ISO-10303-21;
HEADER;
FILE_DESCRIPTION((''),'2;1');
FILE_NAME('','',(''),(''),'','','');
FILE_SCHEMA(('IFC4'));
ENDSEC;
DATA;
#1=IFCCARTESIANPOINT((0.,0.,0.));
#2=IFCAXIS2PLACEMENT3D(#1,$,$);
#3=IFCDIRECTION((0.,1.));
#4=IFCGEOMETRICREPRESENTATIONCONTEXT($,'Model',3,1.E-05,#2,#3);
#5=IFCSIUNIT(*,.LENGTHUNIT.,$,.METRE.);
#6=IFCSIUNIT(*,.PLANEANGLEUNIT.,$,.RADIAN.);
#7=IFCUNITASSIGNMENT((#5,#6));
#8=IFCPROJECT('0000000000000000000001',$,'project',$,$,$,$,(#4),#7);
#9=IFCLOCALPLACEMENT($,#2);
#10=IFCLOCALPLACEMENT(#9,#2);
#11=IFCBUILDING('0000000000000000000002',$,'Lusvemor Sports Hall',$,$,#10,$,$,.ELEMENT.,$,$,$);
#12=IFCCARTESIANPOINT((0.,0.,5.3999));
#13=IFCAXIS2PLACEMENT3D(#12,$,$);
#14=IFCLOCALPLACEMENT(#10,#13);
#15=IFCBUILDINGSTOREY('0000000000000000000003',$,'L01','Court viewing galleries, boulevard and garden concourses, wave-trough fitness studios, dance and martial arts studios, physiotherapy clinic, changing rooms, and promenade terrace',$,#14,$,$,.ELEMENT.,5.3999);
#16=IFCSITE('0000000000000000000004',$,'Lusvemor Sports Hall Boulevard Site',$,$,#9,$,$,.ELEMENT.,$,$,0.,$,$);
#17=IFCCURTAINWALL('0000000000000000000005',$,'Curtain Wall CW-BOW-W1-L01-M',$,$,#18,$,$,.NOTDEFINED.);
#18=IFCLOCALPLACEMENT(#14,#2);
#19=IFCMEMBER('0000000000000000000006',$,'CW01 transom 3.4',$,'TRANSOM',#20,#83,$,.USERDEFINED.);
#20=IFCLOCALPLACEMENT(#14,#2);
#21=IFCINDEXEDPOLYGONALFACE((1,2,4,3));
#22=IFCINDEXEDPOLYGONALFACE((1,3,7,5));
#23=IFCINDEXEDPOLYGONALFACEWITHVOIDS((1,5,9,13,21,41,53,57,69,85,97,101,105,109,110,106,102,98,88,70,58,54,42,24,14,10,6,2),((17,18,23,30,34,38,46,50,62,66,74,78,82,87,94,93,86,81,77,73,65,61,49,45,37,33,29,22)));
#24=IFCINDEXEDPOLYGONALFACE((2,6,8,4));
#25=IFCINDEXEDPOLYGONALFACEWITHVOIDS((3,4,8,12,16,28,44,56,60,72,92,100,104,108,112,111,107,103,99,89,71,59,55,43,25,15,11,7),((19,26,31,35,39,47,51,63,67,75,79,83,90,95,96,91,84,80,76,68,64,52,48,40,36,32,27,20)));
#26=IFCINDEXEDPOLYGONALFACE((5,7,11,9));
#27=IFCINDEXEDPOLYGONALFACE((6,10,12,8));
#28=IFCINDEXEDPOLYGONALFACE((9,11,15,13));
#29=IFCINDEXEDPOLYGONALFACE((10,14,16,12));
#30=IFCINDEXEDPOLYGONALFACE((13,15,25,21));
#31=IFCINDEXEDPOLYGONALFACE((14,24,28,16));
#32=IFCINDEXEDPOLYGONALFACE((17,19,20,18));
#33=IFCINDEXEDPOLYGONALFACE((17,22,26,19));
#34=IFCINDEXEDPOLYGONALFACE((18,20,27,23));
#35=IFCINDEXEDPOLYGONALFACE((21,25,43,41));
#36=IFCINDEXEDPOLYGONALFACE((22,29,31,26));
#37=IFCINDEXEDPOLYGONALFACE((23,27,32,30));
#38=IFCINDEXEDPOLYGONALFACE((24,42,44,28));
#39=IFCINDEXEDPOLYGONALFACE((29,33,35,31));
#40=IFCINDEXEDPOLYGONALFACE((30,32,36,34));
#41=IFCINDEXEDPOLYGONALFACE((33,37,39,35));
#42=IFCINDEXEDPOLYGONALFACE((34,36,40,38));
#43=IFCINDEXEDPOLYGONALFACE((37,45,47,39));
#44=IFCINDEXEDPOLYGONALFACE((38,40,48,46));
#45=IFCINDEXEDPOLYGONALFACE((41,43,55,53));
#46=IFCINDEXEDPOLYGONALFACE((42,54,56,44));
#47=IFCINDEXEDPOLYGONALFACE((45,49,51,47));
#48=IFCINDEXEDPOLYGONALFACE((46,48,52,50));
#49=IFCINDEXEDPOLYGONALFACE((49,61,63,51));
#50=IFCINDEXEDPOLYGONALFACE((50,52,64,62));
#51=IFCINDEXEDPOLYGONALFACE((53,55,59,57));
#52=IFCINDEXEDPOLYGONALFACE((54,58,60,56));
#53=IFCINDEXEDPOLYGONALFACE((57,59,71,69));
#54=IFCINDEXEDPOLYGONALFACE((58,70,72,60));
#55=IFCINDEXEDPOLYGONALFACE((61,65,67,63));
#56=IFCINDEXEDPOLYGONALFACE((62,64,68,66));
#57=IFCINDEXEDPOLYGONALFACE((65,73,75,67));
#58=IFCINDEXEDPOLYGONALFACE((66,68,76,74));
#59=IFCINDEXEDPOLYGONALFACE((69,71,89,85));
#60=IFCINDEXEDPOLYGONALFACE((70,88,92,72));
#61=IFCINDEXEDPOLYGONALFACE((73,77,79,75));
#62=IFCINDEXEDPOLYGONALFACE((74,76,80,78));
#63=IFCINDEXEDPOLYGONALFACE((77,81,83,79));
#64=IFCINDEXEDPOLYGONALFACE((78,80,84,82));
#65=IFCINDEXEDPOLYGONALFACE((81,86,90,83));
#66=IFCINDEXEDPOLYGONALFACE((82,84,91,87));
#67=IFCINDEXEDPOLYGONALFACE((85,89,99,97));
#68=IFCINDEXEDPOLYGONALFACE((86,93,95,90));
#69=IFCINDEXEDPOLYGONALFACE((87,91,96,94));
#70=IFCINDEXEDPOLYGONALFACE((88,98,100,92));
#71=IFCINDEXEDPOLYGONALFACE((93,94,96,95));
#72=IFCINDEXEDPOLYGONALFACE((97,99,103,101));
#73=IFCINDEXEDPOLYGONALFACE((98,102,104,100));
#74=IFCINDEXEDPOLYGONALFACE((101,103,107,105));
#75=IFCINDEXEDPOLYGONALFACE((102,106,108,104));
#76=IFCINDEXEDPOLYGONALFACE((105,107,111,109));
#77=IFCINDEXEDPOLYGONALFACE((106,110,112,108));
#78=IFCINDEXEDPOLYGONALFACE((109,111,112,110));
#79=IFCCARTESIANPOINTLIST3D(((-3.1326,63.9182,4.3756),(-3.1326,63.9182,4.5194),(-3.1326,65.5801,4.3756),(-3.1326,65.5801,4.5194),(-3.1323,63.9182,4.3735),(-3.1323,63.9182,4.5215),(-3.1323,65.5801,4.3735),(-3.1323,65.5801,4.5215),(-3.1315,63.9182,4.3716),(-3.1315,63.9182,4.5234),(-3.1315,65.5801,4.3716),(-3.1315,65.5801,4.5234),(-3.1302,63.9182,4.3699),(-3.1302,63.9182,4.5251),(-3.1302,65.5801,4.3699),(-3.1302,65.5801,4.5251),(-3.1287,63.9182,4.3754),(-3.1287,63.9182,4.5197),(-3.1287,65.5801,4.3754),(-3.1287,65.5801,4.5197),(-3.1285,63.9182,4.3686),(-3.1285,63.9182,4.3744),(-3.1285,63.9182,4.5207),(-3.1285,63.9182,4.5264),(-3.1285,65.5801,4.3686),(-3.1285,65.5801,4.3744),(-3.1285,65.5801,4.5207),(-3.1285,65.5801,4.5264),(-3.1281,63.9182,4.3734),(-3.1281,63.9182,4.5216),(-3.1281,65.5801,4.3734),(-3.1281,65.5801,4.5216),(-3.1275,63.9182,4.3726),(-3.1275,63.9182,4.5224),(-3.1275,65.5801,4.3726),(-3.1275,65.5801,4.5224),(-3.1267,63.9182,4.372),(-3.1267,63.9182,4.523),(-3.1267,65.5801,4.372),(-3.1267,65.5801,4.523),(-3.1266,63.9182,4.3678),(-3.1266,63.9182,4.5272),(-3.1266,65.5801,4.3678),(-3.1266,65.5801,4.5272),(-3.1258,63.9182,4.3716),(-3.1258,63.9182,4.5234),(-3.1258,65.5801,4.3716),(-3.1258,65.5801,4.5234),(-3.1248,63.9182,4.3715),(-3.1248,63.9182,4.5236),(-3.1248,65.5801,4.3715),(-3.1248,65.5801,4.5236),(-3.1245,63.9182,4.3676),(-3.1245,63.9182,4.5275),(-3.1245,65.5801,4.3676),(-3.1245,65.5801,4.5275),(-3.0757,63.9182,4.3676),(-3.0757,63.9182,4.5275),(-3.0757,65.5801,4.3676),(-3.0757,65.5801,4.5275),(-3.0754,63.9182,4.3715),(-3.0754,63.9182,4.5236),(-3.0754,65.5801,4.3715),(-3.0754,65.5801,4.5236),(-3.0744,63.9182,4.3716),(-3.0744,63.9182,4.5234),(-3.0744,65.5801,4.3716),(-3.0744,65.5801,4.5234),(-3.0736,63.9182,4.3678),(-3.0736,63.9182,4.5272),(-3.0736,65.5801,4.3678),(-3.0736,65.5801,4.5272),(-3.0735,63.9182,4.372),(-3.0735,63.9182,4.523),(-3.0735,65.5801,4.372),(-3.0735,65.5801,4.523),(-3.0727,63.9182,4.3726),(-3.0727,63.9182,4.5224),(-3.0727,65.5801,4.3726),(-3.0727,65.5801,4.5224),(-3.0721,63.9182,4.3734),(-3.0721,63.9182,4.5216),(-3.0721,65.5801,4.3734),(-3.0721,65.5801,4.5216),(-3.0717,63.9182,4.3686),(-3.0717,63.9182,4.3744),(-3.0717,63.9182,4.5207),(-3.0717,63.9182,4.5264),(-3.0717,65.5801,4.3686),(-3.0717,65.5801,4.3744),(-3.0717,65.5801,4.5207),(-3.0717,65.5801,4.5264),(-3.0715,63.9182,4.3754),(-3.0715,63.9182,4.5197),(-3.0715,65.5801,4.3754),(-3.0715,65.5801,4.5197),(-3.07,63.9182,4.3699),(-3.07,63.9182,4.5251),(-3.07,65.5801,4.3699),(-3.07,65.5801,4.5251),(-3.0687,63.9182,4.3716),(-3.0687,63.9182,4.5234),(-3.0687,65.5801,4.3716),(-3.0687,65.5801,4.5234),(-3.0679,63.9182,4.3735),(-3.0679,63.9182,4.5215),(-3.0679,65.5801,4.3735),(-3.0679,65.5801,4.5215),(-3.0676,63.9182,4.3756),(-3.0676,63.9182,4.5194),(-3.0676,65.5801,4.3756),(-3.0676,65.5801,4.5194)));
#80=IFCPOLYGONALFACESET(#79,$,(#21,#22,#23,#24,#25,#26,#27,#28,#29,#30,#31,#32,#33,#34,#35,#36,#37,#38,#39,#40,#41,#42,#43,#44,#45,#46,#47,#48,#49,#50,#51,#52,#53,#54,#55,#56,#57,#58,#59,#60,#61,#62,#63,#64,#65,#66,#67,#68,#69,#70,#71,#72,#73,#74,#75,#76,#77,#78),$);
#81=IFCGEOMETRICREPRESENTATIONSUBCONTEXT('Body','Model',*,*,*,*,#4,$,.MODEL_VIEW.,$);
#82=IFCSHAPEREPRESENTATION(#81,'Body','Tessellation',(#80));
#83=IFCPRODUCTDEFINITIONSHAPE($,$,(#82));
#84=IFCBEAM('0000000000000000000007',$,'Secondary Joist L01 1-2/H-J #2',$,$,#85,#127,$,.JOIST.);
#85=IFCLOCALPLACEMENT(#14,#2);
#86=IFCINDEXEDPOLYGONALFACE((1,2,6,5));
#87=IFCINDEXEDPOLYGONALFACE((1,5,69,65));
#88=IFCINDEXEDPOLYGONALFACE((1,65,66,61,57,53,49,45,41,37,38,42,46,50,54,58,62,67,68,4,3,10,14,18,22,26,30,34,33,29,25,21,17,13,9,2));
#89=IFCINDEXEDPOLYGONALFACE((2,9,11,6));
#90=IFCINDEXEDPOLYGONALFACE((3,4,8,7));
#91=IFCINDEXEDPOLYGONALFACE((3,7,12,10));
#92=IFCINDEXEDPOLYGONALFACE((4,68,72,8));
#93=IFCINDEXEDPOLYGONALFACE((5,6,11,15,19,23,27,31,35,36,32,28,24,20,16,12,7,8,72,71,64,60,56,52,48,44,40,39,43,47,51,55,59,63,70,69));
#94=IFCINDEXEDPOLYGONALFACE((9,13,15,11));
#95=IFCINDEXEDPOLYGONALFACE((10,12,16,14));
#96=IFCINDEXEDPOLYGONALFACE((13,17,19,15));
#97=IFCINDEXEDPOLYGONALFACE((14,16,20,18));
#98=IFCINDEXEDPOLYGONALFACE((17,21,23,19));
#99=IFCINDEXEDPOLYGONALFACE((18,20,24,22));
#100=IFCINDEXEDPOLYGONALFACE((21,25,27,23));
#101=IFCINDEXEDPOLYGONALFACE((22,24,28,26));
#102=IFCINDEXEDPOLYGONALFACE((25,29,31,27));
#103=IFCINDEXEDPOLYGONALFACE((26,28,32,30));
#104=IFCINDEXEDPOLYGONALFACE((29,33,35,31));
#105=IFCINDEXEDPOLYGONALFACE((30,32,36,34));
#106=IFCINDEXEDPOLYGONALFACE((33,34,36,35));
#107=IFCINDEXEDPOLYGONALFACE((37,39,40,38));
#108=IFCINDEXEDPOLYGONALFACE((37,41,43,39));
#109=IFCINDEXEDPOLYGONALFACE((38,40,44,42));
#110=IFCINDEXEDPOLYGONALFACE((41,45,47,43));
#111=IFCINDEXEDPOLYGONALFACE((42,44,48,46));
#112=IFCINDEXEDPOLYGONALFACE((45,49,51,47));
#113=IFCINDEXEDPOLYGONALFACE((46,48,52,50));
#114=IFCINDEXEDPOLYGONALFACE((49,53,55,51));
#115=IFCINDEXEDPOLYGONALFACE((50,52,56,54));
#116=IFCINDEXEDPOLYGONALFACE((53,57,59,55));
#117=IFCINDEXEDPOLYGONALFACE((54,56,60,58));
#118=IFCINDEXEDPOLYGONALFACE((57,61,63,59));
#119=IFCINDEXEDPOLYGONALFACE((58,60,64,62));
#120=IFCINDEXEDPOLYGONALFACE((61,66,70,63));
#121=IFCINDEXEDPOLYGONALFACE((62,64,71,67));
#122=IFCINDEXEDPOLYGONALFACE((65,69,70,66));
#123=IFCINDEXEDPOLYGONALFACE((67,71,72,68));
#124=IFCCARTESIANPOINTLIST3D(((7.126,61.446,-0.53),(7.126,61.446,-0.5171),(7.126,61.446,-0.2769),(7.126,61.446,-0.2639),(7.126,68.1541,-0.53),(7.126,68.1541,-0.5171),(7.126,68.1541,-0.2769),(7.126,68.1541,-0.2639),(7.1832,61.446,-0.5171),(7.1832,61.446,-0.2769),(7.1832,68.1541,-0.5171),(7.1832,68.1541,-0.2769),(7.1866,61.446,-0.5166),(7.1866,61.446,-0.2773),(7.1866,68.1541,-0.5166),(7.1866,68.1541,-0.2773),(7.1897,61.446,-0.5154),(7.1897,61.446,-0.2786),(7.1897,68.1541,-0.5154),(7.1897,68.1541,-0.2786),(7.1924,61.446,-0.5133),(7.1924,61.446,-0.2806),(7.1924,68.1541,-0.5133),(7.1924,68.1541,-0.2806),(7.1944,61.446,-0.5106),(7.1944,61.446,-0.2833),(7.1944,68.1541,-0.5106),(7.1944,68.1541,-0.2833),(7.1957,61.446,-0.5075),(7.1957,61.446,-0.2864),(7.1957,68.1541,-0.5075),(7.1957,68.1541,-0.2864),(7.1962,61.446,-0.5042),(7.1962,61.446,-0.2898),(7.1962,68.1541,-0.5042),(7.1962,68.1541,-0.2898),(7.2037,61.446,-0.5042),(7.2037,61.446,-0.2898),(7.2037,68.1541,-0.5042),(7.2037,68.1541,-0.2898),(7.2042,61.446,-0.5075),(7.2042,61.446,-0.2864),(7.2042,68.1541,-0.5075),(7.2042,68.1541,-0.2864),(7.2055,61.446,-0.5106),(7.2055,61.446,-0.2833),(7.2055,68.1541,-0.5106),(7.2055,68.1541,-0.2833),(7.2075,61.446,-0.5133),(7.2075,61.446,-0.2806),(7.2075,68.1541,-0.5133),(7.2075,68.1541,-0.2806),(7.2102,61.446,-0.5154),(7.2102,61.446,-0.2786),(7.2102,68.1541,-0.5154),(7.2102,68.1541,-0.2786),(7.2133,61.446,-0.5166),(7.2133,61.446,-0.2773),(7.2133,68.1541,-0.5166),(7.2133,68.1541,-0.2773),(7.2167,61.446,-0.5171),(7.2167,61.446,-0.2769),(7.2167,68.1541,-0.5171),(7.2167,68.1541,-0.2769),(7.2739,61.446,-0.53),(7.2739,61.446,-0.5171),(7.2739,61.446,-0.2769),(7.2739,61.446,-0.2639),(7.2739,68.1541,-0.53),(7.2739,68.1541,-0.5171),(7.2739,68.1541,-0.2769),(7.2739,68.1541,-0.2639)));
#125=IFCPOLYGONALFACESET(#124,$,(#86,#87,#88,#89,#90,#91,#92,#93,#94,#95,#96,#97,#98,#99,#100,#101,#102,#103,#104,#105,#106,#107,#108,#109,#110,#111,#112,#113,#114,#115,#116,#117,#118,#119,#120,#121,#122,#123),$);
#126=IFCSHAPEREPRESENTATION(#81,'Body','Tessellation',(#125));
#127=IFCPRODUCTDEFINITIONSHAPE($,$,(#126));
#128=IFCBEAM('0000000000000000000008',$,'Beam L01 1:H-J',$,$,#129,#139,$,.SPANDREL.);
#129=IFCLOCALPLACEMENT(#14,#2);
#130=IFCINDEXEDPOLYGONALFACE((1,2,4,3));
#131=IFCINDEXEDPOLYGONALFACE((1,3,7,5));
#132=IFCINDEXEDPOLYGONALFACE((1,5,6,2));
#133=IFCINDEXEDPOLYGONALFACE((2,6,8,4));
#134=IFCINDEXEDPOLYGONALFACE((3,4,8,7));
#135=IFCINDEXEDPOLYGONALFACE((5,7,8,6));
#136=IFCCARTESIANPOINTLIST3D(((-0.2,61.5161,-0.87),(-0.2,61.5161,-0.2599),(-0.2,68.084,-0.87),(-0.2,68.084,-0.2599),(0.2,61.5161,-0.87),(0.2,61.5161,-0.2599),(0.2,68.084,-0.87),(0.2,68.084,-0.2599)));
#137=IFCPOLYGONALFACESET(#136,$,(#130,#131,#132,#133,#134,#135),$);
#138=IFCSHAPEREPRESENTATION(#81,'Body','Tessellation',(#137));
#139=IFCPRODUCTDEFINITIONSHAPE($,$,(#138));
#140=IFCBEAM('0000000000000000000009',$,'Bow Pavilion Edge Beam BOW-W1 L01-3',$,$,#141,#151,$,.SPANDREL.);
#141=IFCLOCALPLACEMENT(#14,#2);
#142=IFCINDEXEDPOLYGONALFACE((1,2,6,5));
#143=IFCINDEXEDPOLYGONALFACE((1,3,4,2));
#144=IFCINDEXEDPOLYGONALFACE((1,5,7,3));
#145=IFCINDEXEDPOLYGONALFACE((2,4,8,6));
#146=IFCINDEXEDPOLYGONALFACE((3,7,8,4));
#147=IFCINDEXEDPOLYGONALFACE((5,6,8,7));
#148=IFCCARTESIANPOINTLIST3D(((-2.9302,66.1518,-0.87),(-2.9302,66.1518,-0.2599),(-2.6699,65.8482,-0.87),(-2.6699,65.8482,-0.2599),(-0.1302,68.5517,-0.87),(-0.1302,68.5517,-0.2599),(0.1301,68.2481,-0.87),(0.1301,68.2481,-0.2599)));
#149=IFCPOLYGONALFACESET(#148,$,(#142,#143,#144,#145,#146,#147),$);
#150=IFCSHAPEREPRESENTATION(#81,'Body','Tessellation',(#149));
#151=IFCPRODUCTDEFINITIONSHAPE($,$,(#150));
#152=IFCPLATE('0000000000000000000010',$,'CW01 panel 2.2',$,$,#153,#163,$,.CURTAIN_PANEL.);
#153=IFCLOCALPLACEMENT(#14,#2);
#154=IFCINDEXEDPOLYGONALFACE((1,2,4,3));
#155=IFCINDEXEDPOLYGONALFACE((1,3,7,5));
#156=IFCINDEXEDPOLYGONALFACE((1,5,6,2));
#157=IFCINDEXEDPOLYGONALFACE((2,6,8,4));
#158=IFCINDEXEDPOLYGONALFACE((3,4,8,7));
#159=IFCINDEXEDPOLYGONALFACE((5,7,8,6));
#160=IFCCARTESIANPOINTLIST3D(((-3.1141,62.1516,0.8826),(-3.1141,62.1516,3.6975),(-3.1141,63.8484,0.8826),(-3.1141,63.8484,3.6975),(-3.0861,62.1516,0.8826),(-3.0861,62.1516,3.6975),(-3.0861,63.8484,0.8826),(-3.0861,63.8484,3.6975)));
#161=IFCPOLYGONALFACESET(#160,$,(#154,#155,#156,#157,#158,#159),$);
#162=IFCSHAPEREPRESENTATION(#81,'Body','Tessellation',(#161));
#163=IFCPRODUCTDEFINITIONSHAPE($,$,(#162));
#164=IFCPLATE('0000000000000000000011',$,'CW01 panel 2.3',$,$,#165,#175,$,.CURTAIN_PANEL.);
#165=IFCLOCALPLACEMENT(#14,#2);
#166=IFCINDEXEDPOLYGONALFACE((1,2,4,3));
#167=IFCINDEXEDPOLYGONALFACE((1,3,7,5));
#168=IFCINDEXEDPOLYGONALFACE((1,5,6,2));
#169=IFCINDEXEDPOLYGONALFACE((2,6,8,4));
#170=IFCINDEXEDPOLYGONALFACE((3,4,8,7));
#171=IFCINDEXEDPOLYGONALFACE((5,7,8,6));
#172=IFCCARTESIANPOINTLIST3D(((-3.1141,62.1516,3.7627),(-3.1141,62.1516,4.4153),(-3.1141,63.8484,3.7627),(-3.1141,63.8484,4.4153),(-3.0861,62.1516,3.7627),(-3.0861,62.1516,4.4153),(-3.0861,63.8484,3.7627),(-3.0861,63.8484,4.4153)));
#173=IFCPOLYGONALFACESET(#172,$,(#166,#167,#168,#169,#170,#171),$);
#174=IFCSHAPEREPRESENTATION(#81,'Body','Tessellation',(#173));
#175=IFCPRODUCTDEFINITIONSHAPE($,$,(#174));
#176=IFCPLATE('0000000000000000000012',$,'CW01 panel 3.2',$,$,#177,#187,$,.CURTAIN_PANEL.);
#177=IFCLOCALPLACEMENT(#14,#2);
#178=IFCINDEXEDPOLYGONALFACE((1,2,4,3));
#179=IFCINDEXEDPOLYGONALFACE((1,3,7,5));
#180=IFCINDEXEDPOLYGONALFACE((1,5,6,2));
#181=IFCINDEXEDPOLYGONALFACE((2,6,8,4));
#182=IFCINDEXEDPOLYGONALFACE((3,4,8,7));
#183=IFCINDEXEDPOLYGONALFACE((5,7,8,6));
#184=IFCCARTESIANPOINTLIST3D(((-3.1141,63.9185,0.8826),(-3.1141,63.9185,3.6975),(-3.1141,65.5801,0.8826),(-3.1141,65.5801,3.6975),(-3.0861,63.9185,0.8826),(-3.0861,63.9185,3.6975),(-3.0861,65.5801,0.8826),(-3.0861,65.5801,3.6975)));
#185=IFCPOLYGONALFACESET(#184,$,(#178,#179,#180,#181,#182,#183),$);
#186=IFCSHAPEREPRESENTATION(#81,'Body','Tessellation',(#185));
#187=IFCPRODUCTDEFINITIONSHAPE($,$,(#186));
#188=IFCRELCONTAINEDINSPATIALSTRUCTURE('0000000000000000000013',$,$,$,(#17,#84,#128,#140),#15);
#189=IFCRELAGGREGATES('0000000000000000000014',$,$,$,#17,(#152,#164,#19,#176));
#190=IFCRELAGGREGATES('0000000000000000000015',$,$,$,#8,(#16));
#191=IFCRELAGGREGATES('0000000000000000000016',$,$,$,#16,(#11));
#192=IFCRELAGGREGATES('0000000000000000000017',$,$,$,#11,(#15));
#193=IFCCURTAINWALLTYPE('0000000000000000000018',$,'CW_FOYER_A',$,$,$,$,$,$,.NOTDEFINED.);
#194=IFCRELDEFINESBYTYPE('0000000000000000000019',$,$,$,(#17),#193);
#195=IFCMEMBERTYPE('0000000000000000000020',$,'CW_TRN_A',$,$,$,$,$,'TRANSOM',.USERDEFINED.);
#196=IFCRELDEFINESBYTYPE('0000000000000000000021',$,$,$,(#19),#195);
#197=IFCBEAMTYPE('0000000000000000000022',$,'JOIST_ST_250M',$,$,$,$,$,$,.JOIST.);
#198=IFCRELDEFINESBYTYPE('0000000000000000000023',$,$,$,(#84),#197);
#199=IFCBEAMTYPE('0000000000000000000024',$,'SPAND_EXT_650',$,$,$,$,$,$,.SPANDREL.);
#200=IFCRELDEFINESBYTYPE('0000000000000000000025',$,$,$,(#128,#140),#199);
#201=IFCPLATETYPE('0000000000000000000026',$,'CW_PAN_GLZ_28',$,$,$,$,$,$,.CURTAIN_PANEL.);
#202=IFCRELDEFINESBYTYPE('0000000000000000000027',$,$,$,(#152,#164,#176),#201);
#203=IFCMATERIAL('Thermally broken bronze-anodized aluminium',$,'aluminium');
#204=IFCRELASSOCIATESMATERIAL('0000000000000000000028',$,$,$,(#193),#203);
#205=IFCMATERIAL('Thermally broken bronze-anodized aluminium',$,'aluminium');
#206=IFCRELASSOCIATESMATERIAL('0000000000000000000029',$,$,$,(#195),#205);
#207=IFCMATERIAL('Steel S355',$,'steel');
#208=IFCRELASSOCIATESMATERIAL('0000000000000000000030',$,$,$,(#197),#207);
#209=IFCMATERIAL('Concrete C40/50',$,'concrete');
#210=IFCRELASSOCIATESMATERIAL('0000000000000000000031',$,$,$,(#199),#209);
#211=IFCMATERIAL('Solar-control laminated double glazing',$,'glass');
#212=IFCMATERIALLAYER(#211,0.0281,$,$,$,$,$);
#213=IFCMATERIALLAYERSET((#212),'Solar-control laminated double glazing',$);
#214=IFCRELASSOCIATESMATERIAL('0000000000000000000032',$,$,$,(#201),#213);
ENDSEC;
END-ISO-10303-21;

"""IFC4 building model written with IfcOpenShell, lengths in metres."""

from ifc_helpers import new_model, si_unit, direction, frame, origin, origin_2d, place, context, subcontext, project, spatial, rectangle, hollow_rectangle, i_section, extrude, material, layer, layer_set, material_profile, profile_set, type_object, element, aggregate, save


model = new_model("IFC4")

# Units and contexts
model_context = context("Model", 3, precision=1e-05, world=origin(), true_north=direction((0.0, 1.0)))
body_context = subcontext(model_context, "Body", "Model", "MODEL_VIEW")
ifc_project = project(units=[si_unit("LENGTHUNIT", "METRE"), si_unit("PLANEANGLEUNIT", "RADIAN")], contexts=[model_context])

# Site, building, storey
site_placement = place(None, origin())
site = spatial("IfcSite", under=ifc_project, at=site_placement, Name="Lusvemor Sports Hall Boulevard Site", CompositionType="ELEMENT", RefElevation=0.0)
building_placement = place(site_placement, origin())
building = spatial("IfcBuilding", under=site, at=building_placement, Name="Lusvemor Sports Hall", CompositionType="ELEMENT")
storey_placement = place(building_placement, frame((0.0, 0.0, 5.3999)))
storey = spatial("IfcBuildingStorey", under=building, at=storey_placement, Name="L01", Description="Court viewing galleries, boulevard and garden concourses, wave-trough fitness studios, dance and martial arts studios, physiotherapy clinic, changing rooms, and promenade terrace", CompositionType="ELEMENT", Elevation=5.3999)

# Curtain wall, member
ifc_material_1 = material(Name="Thermally broken bronze-anodized aluminium", Category="aluminium")
curtain_wall_type = type_object("IfcCurtainWallType", Name="CW_FOYER_A", PredefinedType="NOTDEFINED", material=ifc_material_1)
curtain_wall_placement = place(storey_placement, origin())
curtain_wall = element("IfcCurtainWall", 1, at=curtain_wall_placement, inside=storey, type_object=curtain_wall_type, Name="Curtain Wall CW-BOW-W1-L01-M", PredefinedType="NOTDEFINED")
ifc_material_2 = material(Name="Thermally broken bronze-anodized aluminium", Category="aluminium")
ifc_material_profile_1 = material_profile(ifc_material_2, hollow_rectangle(XDim=0.0649, YDim=0.1599, WallThickness=0.0039, InnerFilletRadius=0.0039, OuterFilletRadius=0.0081, at=origin_2d()), Name="CWTRN160x65x4")
ifc_profile_set_1 = profile_set([ifc_material_profile_1], Name="Thermally broken bronze-anodized aluminium")
member_type_1 = type_object("IfcMemberType", Name="CW_TRN_A", ElementType="TRANSOM", PredefinedType="USERDEFINED", material=ifc_profile_set_1)
member_1_placement = place(storey_placement, frame((-3.1001, 63.9182, 4.4475), z_axis=(0.0, 1.0, 0.0), x_axis=(-1.0, 0.0, 0.0)))
member_1 = element("IfcMember", 2, at=member_1_placement, type_object=member_type_1, Name="CW01 transom 3.4", ObjectType="TRANSOM", PredefinedType="USERDEFINED", context=body_context, shape_type="SweptSolid", body=[
    extrude(hollow_rectangle(XDim=0.0649, YDim=0.1599, WallThickness=0.0039, InnerFilletRadius=0.0039, OuterFilletRadius=0.0081, at=origin_2d()), origin(), (0.0, 0.0, 1.0), 1.6619),
])

# Beams
ifc_material_3 = material(Name="Steel S355", Category="steel")
ifc_material_profile_2 = material_profile(ifc_material_3, i_section(OverallWidth=0.1479, OverallDepth=0.2661, WebThickness=0.0076, FlangeThickness=0.0129, FilletRadius=0.0129, at=origin_2d()), Name="W250x44.8")
ifc_profile_set_2 = profile_set([ifc_material_profile_2], Name="Steel S355")
beam_type_1 = type_object("IfcBeamType", Name="JOIST_ST_250M", PredefinedType="JOIST", material=ifc_profile_set_2)
beam_1_placement = place(storey_placement, frame((7.2, 61.446, -0.397), z_axis=(0.0, 1.0, 0.0), x_axis=(-1.0, 0.0, 0.0)))
element("IfcBeam", 3, at=beam_1_placement, inside=storey, type_object=beam_type_1, Name="Secondary Joist L01 1-2/H-J #2", PredefinedType="JOIST", context=body_context, shape_type="SweptSolid", body=[
    extrude(i_section(OverallWidth=0.1479, OverallDepth=0.2661, WebThickness=0.0076, FlangeThickness=0.0129, FilletRadius=0.0129, at=origin_2d()), origin(), (0.0, 0.0, 1.0), 6.708),
])
ifc_material_4 = material(Name="Concrete C40/50", Category="concrete")
ifc_material_profile_3 = material_profile(ifc_material_4, rectangle(XDim=0.3999, YDim=0.6101, at=origin_2d()), Name="RC400x610")
ifc_profile_set_3 = profile_set([ifc_material_profile_3], Name="Concrete C40/50")
beam_type_2 = type_object("IfcBeamType", Name="SPAND_EXT_650", PredefinedType="SPANDREL", material=ifc_profile_set_3)
beam_2_placement = place(storey_placement, frame((0.0, 61.5161, -0.5649), z_axis=(0.0, 1.0, 0.0), x_axis=(-1.0, 0.0, 0.0)))
element("IfcBeam", 4, at=beam_2_placement, inside=storey, type_object=beam_type_2, Name="Beam L01 1:H-J", PredefinedType="SPANDREL", context=body_context, shape_type="SweptSolid", body=[
    extrude(rectangle(XDim=0.3999, YDim=0.6101, at=origin_2d()), origin(), (0.0, 0.0, 1.0), 6.5679),
])
beam_3_placement = place(storey_placement, frame((-2.8, 66.0, -0.5649), z_axis=(0.759275, 0.65077, 0.0), x_axis=(-0.65077, 0.759275, 0.0)))
element("IfcBeam", 5, at=beam_3_placement, inside=storey, type_object=beam_type_2, Name="Bow Pavilion Edge Beam BOW-W1 L01-3", PredefinedType="SPANDREL", context=body_context, shape_type="SweptSolid", body=[
    extrude(rectangle(XDim=0.3999, YDim=0.6101, at=origin_2d()), origin(), (0.0, 0.0, 1.0), 3.6877),
])

# Plates
ifc_material_5 = material(Name="Solar-control laminated double glazing", Category="glass")
ifc_layer_1 = layer(ifc_material_5, 0.0281)
ifc_layer_set_1 = layer_set([ifc_layer_1], Name="Solar-control laminated double glazing")
plate_type_1 = type_object("IfcPlateType", Name="CW_PAN_GLZ_28", PredefinedType="CURTAIN_PANEL", material=ifc_layer_set_1)
plate_1_placement = place(storey_placement, frame((-3.1001, 63.0, 0.8826), z_axis=(0.0, 0.0, 1.0), x_axis=(0.0, 1.0, 0.0)))
plate_1 = element("IfcPlate", 6, at=plate_1_placement, type_object=plate_type_1, Name="CW01 panel 2.2", PredefinedType="CURTAIN_PANEL", context=body_context, shape_type="SweptSolid", body=[
    extrude(rectangle(XDim=1.6968, YDim=0.0281, at=origin_2d()), origin(), (0.0, 0.0, 1.0), 2.8149),
])
plate_2_placement = place(storey_placement, frame((-3.1001, 63.0, 3.7627), z_axis=(0.0, 0.0, 1.0), x_axis=(0.0, 1.0, 0.0)))
plate_2 = element("IfcPlate", 7, at=plate_2_placement, type_object=plate_type_1, Name="CW01 panel 2.3", PredefinedType="CURTAIN_PANEL", context=body_context, shape_type="SweptSolid", body=[
    extrude(rectangle(XDim=1.6968, YDim=0.0281, at=origin_2d()), origin(), (0.0, 0.0, 1.0), 0.6526),
])
plate_3_placement = place(storey_placement, frame((-3.1001, 64.7493, 0.8826), z_axis=(0.0, 0.0, 1.0), x_axis=(0.0, 1.0, 0.0)))
plate_3 = element("IfcPlate", 8, at=plate_3_placement, type_object=plate_type_1, Name="CW01 panel 3.2", PredefinedType="CURTAIN_PANEL", context=body_context, shape_type="SweptSolid", body=[
    extrude(rectangle(XDim=1.6616, YDim=0.0281, at=origin_2d()), origin(), (0.0, 0.0, 1.0), 2.8149),
])
aggregate(curtain_wall, [plate_1, plate_2, member_1, plate_3])

save(model, "model.ifc")
